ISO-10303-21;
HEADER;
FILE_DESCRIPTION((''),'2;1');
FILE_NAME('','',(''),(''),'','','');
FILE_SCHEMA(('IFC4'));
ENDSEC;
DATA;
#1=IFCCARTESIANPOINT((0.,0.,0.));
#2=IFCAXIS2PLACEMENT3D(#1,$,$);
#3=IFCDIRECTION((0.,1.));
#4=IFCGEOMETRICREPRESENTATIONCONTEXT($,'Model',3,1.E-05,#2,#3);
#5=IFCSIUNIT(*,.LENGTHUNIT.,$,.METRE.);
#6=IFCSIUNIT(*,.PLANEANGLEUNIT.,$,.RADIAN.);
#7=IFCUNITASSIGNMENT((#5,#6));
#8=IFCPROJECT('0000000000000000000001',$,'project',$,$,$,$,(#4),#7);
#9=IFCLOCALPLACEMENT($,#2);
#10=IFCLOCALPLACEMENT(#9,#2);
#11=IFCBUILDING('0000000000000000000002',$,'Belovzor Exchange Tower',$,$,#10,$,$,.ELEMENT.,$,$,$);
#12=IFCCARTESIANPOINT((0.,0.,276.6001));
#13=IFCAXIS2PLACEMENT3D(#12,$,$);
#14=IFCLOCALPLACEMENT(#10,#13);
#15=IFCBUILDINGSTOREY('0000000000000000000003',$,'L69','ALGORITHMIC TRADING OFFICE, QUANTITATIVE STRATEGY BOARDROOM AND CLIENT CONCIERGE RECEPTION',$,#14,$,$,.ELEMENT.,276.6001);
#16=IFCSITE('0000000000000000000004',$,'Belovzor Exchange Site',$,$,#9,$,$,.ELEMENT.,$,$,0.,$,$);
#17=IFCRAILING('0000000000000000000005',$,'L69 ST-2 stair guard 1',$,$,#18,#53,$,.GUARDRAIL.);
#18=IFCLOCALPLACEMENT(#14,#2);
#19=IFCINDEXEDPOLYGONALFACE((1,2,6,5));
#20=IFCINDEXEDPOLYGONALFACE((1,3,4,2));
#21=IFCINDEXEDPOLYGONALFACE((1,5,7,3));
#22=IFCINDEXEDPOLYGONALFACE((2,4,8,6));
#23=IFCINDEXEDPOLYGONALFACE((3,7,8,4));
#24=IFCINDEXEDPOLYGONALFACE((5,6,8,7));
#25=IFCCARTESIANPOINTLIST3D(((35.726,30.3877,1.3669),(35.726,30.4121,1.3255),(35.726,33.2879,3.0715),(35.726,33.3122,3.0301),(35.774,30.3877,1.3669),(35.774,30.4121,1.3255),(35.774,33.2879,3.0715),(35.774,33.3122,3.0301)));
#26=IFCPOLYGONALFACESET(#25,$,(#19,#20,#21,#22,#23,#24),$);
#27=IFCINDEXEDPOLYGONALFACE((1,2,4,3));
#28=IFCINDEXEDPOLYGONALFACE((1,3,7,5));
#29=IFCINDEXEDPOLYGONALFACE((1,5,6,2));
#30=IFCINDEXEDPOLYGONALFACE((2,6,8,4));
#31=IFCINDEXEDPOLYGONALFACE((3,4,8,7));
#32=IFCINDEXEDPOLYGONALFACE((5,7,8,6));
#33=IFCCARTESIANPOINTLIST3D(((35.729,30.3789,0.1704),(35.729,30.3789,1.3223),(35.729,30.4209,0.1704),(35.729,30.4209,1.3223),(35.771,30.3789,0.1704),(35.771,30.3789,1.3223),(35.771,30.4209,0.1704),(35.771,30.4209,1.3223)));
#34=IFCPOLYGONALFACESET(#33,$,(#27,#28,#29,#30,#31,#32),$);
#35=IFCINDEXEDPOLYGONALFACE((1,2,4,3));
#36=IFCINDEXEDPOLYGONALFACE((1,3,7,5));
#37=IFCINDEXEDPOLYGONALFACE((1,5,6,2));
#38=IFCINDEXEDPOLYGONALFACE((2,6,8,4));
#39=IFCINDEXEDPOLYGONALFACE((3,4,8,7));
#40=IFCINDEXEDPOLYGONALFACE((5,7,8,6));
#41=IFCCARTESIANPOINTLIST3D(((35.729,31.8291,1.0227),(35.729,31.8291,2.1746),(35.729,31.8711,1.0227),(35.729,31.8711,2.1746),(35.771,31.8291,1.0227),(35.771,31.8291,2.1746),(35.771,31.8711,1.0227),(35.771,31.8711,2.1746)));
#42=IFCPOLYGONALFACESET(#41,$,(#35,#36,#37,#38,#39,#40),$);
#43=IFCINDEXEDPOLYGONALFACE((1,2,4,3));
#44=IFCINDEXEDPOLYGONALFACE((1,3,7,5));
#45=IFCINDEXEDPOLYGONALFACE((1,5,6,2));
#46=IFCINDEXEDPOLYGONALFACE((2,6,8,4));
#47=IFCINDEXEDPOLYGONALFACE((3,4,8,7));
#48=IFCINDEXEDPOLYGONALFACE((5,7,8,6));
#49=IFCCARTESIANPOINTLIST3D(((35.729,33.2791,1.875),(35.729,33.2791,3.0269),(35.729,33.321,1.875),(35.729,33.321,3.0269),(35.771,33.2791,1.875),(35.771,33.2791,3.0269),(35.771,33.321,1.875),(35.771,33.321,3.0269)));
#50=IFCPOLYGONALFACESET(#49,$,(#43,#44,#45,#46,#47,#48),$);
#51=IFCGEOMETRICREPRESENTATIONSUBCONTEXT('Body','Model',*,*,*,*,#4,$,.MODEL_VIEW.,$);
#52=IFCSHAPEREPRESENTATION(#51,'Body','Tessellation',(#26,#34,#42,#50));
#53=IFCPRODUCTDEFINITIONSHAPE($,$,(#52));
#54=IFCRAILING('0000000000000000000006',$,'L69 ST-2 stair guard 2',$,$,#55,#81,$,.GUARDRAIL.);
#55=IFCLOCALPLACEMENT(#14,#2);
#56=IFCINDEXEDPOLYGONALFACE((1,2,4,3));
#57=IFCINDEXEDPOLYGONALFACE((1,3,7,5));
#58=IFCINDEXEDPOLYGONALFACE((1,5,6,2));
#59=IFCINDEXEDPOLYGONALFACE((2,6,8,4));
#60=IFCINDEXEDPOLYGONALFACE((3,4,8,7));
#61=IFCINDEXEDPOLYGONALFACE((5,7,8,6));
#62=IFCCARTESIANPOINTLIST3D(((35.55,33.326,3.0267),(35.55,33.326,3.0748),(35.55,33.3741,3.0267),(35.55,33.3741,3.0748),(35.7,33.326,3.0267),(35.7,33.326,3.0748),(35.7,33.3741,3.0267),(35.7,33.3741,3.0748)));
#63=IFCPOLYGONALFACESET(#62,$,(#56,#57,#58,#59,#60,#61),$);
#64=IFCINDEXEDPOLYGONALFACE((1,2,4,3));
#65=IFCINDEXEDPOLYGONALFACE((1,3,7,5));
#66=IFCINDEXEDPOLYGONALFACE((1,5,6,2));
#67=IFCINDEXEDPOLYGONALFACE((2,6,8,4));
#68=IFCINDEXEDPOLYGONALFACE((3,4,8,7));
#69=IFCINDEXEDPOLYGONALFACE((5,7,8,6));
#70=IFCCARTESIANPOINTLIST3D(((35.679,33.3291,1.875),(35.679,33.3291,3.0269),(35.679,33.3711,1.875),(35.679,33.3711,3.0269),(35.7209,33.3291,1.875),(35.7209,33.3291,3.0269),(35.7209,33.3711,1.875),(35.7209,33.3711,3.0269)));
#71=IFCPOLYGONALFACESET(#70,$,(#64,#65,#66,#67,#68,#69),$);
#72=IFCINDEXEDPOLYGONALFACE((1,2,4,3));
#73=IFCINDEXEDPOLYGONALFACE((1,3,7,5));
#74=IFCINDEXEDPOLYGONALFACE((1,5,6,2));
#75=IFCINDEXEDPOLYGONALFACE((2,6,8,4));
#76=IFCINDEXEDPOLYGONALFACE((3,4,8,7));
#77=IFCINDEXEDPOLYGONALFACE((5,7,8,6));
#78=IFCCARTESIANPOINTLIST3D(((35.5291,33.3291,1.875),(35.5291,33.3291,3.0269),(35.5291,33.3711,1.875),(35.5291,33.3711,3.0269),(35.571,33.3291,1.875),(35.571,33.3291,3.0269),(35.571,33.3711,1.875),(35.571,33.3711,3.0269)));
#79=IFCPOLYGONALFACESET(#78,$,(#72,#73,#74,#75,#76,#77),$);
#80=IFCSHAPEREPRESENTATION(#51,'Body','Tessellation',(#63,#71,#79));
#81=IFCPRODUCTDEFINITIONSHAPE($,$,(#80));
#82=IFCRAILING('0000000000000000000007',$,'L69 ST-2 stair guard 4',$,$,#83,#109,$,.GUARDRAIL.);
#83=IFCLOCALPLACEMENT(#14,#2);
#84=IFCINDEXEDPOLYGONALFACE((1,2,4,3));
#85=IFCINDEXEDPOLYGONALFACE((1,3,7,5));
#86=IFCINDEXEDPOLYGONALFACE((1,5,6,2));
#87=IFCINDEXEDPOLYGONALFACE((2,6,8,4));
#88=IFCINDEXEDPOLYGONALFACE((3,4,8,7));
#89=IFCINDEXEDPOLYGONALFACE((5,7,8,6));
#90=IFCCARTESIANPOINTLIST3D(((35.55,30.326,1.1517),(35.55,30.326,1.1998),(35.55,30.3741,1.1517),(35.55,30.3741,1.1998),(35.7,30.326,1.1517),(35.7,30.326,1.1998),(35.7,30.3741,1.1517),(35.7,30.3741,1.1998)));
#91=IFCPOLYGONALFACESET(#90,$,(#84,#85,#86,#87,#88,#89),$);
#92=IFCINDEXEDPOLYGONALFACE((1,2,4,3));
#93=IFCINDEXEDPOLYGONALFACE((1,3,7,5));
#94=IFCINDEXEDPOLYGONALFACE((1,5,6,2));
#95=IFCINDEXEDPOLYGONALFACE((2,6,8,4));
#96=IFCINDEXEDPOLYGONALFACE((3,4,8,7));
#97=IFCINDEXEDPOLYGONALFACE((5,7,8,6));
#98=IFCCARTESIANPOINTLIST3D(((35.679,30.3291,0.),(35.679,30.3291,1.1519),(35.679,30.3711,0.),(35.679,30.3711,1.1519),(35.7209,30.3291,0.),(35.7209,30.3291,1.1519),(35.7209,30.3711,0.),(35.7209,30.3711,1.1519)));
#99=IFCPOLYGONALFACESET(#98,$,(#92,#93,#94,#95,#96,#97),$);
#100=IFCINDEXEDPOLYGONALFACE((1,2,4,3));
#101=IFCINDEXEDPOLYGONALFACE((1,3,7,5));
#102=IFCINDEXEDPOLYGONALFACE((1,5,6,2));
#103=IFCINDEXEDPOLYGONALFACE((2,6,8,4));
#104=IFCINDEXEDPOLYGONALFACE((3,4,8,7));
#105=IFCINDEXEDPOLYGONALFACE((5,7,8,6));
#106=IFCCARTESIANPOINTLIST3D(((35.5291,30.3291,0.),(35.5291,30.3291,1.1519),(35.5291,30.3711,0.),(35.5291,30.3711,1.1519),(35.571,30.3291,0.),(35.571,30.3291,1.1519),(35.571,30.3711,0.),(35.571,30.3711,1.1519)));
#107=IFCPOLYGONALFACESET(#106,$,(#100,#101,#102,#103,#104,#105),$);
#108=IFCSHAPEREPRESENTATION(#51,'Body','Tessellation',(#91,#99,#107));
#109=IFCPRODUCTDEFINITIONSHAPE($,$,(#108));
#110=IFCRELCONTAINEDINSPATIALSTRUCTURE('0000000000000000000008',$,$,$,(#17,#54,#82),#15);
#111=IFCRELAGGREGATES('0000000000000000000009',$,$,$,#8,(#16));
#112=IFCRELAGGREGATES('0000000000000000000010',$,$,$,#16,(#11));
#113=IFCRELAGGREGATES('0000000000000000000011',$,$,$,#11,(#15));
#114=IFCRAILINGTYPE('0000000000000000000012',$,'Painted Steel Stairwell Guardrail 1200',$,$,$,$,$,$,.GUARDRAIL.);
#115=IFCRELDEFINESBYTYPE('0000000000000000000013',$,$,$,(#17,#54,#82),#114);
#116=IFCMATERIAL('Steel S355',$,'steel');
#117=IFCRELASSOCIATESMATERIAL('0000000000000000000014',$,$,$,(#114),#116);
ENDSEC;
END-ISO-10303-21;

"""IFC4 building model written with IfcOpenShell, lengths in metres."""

from ifc_helpers import new_model, si_unit, direction, frame, origin, origin_2d, place, context, subcontext, project, spatial, rectangle, extrude, material, type_object, element, save


model = new_model("IFC4")

# Units and contexts
model_context = context("Model", 3, precision=1e-05, world=origin(), true_north=direction((0.0, 1.0)))
body_context = subcontext(model_context, "Body", "Model", "MODEL_VIEW")
ifc_project = project(units=[si_unit("LENGTHUNIT", "METRE"), si_unit("PLANEANGLEUNIT", "RADIAN")], contexts=[model_context])

# Site, building, storey
site_placement = place(None, origin())
site = spatial("IfcSite", under=ifc_project, at=site_placement, Name="Belovzor Exchange Site", CompositionType="ELEMENT", RefElevation=0.0)
building_placement = place(site_placement, origin())
building = spatial("IfcBuilding", under=site, at=building_placement, Name="Belovzor Exchange Tower", CompositionType="ELEMENT")
storey_placement = place(building_placement, frame((0.0, 0.0, 276.6001)))
storey = spatial("IfcBuildingStorey", under=building, at=storey_placement, Name="L69", Description="ALGORITHMIC TRADING OFFICE, QUANTITATIVE STRATEGY BOARDROOM AND CLIENT CONCIERGE RECEPTION", CompositionType="ELEMENT", Elevation=276.6001)

# Railings
ifc_material_1 = material(Name="Steel S355", Category="steel")
railing_type_1 = type_object("IfcRailingType", Name="Painted Steel Stairwell Guardrail 1200", PredefinedType="GUARDRAIL", material=ifc_material_1)
railing_1_placement = place(storey_placement, frame((35.75, 30.3999, 0.1704)))
element("IfcRailing", 1, at=railing_1_placement, inside=storey, type_object=railing_type_1, Name="L69 ST-2 stair guard 1", PredefinedType="GUARDRAIL", context=body_context, shape_type="SweptSolid", body=[
    extrude(rectangle(XDim=0.0481, YDim=0.0481, at=origin_2d()), frame((0.0, 0.0, 1.1758), z_axis=(0.0, 0.862113, 0.506716), x_axis=(-1.0, 0.0, 0.0)), (0.0, 0.0, 1.0), 3.364),
    extrude(rectangle(XDim=0.042, YDim=0.042, at=origin_2d()), origin(), (0.0, 0.0, 1.0), 1.1519),
    extrude(rectangle(XDim=0.042, YDim=0.042, at=origin_2d()), frame((0.0, 1.4502, 0.8523)), (0.0, 0.0, 1.0), 1.1519),
    extrude(rectangle(XDim=0.042, YDim=0.042, at=origin_2d()), frame((0.0, 2.9001, 1.7046)), (0.0, 0.0, 1.0), 1.1519),
])
for number, where, name in (
    (2, (35.7, 33.3501, 1.875), "L69 ST-2 stair guard 2"),
    (3, (35.7, 30.3501, 0.0), "L69 ST-2 stair guard 4"),
):
    element("IfcRailing", number, at=place(storey_placement, frame(where)), inside=storey, type_object=railing_type_1, Name=name, PredefinedType="GUARDRAIL", context=body_context, shape_type="SweptSolid", body=[
        extrude(rectangle(XDim=0.0481, YDim=0.0481, at=origin_2d()), frame((0.0, 0.0, 1.1758), z_axis=(-1.0, 0.0, 0.0), x_axis=(0.0, -1.0, 0.0)), (0.0, 0.0, 1.0), 0.1499),
        extrude(rectangle(XDim=0.042, YDim=0.042, at=origin_2d()), origin(), (0.0, 0.0, 1.0), 1.1519),
        extrude(rectangle(XDim=0.042, YDim=0.042, at=origin_2d()), frame((-0.1499, 0.0, 0.0)), (0.0, 0.0, 1.0), 1.1519),
    ])

save(model, "model.ifc")
